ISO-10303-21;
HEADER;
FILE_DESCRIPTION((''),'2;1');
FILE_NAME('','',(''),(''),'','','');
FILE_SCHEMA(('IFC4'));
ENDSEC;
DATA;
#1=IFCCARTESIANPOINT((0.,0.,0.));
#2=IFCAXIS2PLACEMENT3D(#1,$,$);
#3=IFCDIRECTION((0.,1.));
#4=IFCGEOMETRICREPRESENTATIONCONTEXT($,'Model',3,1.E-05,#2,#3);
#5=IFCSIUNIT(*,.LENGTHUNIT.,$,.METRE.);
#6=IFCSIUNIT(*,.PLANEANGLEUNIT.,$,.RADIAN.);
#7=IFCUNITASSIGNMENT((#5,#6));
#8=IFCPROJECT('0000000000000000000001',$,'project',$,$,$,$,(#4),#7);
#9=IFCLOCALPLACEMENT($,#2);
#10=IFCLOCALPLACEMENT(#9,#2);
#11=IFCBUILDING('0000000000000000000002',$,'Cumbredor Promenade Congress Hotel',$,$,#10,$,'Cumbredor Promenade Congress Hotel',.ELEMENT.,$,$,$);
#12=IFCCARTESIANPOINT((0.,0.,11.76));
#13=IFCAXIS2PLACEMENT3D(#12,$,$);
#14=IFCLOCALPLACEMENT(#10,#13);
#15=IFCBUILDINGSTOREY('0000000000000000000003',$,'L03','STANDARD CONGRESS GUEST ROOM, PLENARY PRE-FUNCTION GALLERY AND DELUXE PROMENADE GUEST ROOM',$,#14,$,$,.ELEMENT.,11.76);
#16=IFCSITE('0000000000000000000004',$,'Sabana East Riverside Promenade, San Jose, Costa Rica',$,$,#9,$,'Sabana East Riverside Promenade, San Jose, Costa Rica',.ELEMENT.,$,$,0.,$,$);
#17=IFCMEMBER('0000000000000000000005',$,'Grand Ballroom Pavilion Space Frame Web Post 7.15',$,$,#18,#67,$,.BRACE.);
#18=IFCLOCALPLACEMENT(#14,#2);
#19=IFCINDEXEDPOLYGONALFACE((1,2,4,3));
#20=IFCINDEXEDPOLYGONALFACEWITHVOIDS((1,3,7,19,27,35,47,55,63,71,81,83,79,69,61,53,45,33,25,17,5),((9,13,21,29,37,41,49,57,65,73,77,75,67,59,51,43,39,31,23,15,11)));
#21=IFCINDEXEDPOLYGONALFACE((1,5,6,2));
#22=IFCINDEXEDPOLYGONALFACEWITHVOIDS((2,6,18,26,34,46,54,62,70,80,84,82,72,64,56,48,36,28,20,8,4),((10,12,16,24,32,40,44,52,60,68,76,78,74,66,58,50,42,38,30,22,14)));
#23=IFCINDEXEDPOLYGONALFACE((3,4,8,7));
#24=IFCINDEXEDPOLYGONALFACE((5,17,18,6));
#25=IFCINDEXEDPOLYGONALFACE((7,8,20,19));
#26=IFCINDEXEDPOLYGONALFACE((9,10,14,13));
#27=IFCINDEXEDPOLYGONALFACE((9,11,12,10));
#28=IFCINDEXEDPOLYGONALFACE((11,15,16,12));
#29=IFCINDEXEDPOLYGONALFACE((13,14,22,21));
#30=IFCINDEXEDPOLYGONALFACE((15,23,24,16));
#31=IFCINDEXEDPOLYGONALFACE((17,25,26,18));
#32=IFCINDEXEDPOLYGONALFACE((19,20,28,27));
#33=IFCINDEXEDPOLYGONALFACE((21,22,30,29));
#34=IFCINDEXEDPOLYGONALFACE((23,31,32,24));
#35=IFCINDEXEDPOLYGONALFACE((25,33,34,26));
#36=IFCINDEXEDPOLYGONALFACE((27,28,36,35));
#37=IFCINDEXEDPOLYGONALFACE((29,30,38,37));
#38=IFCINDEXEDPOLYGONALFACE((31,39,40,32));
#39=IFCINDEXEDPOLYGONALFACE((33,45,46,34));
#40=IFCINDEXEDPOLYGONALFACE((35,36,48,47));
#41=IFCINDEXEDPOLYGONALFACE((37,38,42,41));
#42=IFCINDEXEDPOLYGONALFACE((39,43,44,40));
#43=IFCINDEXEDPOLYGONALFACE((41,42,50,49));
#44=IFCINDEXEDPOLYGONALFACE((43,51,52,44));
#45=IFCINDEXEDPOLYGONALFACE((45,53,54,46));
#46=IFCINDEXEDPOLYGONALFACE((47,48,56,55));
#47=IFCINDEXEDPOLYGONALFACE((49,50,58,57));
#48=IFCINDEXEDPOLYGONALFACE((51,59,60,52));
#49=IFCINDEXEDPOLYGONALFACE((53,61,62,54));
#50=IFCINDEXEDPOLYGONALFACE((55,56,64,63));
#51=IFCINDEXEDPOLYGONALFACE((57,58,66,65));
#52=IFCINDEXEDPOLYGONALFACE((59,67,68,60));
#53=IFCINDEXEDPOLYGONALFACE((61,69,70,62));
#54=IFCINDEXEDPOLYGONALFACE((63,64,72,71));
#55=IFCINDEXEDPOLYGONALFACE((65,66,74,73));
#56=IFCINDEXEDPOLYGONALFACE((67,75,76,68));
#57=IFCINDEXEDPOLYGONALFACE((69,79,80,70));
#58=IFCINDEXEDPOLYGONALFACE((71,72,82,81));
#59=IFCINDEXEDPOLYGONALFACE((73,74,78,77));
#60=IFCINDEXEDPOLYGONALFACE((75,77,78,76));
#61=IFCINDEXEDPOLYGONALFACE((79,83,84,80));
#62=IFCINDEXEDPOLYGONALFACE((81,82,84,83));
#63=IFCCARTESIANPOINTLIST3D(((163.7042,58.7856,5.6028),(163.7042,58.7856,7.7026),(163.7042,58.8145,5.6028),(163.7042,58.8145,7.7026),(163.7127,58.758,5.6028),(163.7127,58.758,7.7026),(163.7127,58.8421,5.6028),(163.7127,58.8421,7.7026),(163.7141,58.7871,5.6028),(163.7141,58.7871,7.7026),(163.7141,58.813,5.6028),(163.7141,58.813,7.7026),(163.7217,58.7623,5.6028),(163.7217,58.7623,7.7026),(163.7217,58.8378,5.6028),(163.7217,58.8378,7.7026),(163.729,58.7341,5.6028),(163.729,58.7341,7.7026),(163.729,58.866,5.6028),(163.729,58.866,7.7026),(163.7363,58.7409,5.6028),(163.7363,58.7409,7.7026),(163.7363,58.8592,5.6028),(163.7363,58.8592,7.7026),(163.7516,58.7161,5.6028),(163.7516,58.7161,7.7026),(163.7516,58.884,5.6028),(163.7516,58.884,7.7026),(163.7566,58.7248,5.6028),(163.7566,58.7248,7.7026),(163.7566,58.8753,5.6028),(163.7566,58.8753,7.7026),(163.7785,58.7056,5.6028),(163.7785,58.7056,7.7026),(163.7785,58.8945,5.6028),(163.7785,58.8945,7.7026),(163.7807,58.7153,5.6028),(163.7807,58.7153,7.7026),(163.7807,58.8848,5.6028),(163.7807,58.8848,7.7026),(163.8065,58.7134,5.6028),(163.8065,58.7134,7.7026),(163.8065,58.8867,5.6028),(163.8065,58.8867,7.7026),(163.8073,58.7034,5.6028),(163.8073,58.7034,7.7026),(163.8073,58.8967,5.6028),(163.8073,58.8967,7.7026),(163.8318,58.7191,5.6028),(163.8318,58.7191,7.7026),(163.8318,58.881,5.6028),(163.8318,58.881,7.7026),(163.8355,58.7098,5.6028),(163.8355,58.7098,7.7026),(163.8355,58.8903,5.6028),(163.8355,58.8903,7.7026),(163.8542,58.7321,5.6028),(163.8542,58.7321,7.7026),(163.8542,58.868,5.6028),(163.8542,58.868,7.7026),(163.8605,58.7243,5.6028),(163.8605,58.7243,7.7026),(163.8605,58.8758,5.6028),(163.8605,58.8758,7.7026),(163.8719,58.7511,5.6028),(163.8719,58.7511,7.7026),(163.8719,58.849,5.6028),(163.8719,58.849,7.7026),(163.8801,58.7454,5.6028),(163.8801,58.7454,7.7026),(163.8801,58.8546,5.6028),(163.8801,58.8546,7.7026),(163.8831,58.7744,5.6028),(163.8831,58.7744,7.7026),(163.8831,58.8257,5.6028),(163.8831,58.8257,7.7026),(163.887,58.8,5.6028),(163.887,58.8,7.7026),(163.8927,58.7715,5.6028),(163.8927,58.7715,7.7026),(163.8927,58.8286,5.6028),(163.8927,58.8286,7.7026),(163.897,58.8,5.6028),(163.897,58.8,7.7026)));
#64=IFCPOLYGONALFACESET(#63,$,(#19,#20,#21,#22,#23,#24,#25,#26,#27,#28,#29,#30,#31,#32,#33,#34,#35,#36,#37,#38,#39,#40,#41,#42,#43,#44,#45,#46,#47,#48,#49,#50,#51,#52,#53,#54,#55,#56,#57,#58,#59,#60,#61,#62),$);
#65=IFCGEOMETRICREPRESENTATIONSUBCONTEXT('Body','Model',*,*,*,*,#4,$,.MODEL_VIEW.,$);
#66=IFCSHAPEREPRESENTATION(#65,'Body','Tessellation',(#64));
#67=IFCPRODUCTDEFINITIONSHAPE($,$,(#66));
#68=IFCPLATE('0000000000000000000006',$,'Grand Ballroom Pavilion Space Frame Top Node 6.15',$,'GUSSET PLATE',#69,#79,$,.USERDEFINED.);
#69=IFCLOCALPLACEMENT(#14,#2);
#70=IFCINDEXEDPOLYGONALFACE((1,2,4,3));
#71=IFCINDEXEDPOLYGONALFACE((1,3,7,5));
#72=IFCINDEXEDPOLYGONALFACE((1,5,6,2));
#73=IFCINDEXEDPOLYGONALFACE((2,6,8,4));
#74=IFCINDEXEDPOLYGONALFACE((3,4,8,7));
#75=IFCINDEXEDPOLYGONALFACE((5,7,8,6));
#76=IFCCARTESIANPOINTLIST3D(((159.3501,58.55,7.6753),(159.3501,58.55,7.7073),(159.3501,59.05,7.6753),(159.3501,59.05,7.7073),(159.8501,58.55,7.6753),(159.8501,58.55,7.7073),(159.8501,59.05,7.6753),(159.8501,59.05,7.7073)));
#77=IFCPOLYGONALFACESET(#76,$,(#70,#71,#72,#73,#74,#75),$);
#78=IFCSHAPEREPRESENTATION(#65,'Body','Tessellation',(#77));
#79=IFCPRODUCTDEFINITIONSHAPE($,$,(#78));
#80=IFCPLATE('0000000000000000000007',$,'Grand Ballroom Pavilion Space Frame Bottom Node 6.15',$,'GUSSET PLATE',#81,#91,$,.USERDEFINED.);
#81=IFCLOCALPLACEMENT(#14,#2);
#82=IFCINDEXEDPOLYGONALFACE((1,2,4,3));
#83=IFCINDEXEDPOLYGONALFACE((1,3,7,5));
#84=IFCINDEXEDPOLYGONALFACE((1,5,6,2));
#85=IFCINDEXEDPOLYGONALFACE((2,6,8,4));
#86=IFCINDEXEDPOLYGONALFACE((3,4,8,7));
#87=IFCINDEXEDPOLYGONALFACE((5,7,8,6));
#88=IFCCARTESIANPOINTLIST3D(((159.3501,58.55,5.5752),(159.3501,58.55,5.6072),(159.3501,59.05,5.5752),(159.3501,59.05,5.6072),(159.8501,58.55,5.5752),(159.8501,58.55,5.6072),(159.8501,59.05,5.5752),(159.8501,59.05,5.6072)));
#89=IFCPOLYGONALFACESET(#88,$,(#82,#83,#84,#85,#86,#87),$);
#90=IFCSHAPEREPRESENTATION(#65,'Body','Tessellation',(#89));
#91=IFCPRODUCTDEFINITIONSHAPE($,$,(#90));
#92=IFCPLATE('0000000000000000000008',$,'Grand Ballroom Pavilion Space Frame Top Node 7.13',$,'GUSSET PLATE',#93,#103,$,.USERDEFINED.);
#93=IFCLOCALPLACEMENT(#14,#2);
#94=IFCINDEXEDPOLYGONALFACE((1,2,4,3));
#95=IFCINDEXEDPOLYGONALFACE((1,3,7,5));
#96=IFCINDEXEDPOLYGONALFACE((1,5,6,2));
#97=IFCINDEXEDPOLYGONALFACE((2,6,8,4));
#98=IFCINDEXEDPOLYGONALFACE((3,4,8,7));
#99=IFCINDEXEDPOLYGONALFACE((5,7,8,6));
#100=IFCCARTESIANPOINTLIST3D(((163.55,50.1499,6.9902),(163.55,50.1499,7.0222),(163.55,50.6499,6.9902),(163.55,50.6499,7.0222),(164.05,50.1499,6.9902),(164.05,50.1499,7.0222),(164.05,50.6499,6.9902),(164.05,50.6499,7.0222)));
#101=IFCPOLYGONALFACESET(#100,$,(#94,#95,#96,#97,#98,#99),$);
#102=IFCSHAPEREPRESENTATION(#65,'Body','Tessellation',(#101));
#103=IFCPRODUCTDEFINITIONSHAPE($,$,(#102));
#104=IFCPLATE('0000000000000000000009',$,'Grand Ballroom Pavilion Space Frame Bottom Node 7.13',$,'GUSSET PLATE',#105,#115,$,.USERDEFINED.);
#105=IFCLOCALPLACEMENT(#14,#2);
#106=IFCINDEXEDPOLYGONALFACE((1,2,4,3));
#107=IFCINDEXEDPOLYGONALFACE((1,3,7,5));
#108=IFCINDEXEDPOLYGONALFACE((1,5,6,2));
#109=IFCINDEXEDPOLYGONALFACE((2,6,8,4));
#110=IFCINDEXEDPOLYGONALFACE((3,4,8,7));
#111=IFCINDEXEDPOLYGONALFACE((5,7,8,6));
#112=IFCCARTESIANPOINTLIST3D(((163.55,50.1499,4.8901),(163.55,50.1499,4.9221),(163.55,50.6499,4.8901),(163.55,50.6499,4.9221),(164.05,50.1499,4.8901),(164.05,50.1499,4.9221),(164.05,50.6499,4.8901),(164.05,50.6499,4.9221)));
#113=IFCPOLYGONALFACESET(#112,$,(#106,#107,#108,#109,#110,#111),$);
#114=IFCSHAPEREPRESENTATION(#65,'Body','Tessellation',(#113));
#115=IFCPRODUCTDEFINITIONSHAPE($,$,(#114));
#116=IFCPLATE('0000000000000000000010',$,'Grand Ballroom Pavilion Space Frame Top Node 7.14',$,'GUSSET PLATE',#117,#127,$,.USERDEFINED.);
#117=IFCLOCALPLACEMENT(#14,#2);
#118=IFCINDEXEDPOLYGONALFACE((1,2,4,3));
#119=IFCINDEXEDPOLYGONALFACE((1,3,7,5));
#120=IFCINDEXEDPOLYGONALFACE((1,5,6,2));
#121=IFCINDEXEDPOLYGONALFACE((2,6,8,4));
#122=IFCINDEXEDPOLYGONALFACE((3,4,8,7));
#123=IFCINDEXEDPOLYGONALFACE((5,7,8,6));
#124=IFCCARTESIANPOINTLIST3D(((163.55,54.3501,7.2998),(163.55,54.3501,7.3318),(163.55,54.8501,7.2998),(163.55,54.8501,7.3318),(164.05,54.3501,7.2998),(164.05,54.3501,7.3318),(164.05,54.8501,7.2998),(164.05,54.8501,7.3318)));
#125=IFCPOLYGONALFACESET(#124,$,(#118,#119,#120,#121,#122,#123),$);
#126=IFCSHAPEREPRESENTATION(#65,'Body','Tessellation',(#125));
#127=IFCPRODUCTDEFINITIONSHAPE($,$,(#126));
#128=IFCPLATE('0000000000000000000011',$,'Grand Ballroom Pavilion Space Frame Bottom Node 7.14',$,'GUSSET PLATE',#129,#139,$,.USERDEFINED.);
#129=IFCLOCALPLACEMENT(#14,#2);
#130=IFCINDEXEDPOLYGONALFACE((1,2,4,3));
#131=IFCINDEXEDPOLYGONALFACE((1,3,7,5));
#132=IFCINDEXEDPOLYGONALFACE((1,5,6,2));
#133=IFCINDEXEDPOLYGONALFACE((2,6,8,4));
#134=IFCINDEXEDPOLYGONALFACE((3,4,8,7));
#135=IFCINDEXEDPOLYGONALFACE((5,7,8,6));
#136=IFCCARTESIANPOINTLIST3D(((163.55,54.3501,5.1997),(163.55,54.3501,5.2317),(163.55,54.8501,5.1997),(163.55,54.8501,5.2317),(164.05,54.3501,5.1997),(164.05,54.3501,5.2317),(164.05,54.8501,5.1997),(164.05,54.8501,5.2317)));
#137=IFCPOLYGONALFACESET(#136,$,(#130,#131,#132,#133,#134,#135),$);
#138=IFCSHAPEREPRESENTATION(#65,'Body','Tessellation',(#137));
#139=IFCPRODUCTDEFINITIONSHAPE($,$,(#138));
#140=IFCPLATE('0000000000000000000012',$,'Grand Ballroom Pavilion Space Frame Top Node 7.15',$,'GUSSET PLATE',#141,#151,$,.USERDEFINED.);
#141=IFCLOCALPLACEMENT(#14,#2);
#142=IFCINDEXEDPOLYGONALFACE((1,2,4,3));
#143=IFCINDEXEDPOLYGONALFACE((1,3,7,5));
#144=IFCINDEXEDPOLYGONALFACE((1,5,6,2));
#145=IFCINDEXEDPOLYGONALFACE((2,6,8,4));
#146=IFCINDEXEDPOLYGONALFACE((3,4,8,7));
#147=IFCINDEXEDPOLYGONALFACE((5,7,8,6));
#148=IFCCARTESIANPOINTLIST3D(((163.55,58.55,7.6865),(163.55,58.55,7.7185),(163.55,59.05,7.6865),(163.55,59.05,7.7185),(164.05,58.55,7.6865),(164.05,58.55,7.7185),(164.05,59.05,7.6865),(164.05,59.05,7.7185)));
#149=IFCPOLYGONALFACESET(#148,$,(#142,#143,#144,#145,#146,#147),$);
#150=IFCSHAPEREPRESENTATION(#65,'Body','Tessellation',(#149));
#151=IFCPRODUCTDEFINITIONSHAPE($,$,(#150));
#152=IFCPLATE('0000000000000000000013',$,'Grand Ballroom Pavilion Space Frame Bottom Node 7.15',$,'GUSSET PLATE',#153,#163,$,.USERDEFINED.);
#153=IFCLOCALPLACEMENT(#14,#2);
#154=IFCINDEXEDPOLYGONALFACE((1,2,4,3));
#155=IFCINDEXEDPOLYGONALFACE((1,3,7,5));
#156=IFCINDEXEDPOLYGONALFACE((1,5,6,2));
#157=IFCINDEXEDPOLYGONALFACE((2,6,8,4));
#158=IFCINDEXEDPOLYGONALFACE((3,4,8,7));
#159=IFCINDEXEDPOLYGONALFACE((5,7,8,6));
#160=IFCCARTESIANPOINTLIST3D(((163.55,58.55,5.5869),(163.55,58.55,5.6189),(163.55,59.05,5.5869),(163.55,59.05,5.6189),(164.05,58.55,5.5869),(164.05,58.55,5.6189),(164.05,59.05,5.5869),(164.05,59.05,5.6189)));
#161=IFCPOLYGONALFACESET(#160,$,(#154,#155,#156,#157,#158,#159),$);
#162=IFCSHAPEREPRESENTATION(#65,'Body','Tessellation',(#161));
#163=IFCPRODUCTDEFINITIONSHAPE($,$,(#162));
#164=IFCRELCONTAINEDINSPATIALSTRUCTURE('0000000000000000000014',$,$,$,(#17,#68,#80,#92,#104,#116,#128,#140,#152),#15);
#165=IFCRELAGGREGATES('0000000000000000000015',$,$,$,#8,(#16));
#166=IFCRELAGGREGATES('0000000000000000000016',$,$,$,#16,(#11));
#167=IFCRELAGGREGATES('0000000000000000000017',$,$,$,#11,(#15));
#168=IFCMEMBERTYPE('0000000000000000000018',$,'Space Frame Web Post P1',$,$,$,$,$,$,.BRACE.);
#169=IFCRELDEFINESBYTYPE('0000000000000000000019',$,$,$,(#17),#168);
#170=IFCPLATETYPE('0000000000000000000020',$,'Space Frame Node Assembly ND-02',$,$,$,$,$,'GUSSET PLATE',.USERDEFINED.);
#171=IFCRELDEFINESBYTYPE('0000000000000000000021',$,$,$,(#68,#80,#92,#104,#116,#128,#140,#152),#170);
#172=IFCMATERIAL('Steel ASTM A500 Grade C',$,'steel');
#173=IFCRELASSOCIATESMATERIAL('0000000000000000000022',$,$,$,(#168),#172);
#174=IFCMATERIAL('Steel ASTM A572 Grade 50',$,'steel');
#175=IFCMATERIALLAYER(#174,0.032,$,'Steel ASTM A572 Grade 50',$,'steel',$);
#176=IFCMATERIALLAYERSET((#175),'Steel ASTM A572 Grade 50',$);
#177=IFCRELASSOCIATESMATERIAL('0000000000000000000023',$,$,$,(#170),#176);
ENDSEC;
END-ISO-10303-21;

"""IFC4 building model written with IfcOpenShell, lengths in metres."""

from ifc_helpers import new_model, si_unit, direction, frame, origin, origin_2d, place, context, subcontext, project, spatial, rectangle, hollow_circle, extrude, material, layer, layer_set, material_profile, profile_set, type_object, element, save


model = new_model("IFC4")

# Units and contexts
model_context = context("Model", 3, precision=1e-05, world=origin(), true_north=direction((0.0, 1.0)))
body_context = subcontext(model_context, "Body", "Model", "MODEL_VIEW")
ifc_project = project(units=[si_unit("LENGTHUNIT", "METRE"), si_unit("PLANEANGLEUNIT", "RADIAN")], contexts=[model_context])

# Site, building, storey
site_placement = place(None, origin())
site = spatial("IfcSite", under=ifc_project, at=site_placement, Name="Sabana East Riverside Promenade, San Jose, Costa Rica", LongName="Sabana East Riverside Promenade, San Jose, Costa Rica", CompositionType="ELEMENT", RefElevation=0.0)
building_placement = place(site_placement, origin())
building = spatial("IfcBuilding", under=site, at=building_placement, Name="Cumbredor Promenade Congress Hotel", LongName="Cumbredor Promenade Congress Hotel", CompositionType="ELEMENT")
storey_placement = place(building_placement, frame((0.0, 0.0, 11.76)))
storey = spatial("IfcBuildingStorey", under=building, at=storey_placement, Name="L03", Description="STANDARD CONGRESS GUEST ROOM, PLENARY PRE-FUNCTION GALLERY AND DELUXE PROMENADE GUEST ROOM", CompositionType="ELEMENT", Elevation=11.76)

# Member
ifc_material_1 = material(Name="Steel ASTM A500 Grade C", Category="steel")
ifc_material_profile_1 = material_profile(ifc_material_1, hollow_circle(Radius=0.0969, WallThickness=0.01, at=origin_2d()), Name="CHS 193.7x10")
ifc_profile_set_1 = profile_set([ifc_material_profile_1], Name="Steel ASTM A500 Grade C")
member_type_1 = type_object("IfcMemberType", Name="Space Frame Web Post P1", PredefinedType="BRACE", material=ifc_profile_set_1)
member_1_placement = place(storey_placement, frame((163.8, 58.8, 5.6028), z_axis=(0.0, 0.0, 1.0), x_axis=(1.0, 0.0, 0.0)))
element("IfcMember", 1, at=member_1_placement, inside=storey, type_object=member_type_1, Name="Grand Ballroom Pavilion Space Frame Web Post 7.15", PredefinedType="BRACE", context=body_context, shape_type="SweptSolid", body=[
    extrude(hollow_circle(Radius=0.0969, WallThickness=0.01, at=origin_2d()), origin(), (0.0, 0.0, 1.0), 2.0999),
])

# Plates
ifc_material_2 = material(Name="Steel ASTM A572 Grade 50", Category="steel")
ifc_layer = layer(ifc_material_2, 0.032, Name="Steel ASTM A572 Grade 50", Category="steel")
ifc_layer_set = layer_set([ifc_layer], Name="Steel ASTM A572 Grade 50")
plate_type = type_object("IfcPlateType", Name="Space Frame Node Assembly ND-02", ElementType="GUSSET PLATE", PredefinedType="USERDEFINED", material=ifc_layer_set)
for number, where, z_axis, x_axis, name in (
    (2, (159.6001, 58.8, 7.6753), (0.0, 0.0, 1.0), (1.0, 0.0, 0.0), "Grand Ballroom Pavilion Space Frame Top Node 6.15"),
    (3, (159.6001, 58.8, 5.5752), (0.0, 0.0, 1.0), (1.0, 0.0, 0.0), "Grand Ballroom Pavilion Space Frame Bottom Node 6.15"),
    (4, (163.8, 50.3999, 6.9902), (0.0, 0.0, 1.0), (1.0, 0.0, 0.0), "Grand Ballroom Pavilion Space Frame Top Node 7.13"),
    (5, (163.8, 50.3999, 4.8901), (0.0, 0.0, 1.0), (1.0, 0.0, 0.0), "Grand Ballroom Pavilion Space Frame Bottom Node 7.13"),
    (6, (163.8, 54.6001, 7.2998), (0.0, 0.0, 1.0), (1.0, 0.0, 0.0), "Grand Ballroom Pavilion Space Frame Top Node 7.14"),
    (7, (163.8, 54.6001, 5.1997), (0.0, 0.0, 1.0), (1.0, 0.0, 0.0), "Grand Ballroom Pavilion Space Frame Bottom Node 7.14"),
    (8, (163.8, 58.8, 7.6865), (0.0, 0.0, 1.0), (1.0, 0.0, 0.0), "Grand Ballroom Pavilion Space Frame Top Node 7.15"),
    (9, (163.8, 58.8, 5.5869), (0.0, 0.0, 1.0), (1.0, 0.0, 0.0), "Grand Ballroom Pavilion Space Frame Bottom Node 7.15"),
):
    element("IfcPlate", number, at=place(storey_placement, frame(where, z_axis=z_axis, x_axis=x_axis)), inside=storey, type_object=plate_type, Name=name, ObjectType="GUSSET PLATE", PredefinedType="USERDEFINED", context=body_context, shape_type="SweptSolid", body=[
        extrude(rectangle(XDim=0.5, YDim=0.5, at=origin_2d()), origin(), (0.0, 0.0, 1.0), 0.032),
    ])

save(model, "model.ifc")
